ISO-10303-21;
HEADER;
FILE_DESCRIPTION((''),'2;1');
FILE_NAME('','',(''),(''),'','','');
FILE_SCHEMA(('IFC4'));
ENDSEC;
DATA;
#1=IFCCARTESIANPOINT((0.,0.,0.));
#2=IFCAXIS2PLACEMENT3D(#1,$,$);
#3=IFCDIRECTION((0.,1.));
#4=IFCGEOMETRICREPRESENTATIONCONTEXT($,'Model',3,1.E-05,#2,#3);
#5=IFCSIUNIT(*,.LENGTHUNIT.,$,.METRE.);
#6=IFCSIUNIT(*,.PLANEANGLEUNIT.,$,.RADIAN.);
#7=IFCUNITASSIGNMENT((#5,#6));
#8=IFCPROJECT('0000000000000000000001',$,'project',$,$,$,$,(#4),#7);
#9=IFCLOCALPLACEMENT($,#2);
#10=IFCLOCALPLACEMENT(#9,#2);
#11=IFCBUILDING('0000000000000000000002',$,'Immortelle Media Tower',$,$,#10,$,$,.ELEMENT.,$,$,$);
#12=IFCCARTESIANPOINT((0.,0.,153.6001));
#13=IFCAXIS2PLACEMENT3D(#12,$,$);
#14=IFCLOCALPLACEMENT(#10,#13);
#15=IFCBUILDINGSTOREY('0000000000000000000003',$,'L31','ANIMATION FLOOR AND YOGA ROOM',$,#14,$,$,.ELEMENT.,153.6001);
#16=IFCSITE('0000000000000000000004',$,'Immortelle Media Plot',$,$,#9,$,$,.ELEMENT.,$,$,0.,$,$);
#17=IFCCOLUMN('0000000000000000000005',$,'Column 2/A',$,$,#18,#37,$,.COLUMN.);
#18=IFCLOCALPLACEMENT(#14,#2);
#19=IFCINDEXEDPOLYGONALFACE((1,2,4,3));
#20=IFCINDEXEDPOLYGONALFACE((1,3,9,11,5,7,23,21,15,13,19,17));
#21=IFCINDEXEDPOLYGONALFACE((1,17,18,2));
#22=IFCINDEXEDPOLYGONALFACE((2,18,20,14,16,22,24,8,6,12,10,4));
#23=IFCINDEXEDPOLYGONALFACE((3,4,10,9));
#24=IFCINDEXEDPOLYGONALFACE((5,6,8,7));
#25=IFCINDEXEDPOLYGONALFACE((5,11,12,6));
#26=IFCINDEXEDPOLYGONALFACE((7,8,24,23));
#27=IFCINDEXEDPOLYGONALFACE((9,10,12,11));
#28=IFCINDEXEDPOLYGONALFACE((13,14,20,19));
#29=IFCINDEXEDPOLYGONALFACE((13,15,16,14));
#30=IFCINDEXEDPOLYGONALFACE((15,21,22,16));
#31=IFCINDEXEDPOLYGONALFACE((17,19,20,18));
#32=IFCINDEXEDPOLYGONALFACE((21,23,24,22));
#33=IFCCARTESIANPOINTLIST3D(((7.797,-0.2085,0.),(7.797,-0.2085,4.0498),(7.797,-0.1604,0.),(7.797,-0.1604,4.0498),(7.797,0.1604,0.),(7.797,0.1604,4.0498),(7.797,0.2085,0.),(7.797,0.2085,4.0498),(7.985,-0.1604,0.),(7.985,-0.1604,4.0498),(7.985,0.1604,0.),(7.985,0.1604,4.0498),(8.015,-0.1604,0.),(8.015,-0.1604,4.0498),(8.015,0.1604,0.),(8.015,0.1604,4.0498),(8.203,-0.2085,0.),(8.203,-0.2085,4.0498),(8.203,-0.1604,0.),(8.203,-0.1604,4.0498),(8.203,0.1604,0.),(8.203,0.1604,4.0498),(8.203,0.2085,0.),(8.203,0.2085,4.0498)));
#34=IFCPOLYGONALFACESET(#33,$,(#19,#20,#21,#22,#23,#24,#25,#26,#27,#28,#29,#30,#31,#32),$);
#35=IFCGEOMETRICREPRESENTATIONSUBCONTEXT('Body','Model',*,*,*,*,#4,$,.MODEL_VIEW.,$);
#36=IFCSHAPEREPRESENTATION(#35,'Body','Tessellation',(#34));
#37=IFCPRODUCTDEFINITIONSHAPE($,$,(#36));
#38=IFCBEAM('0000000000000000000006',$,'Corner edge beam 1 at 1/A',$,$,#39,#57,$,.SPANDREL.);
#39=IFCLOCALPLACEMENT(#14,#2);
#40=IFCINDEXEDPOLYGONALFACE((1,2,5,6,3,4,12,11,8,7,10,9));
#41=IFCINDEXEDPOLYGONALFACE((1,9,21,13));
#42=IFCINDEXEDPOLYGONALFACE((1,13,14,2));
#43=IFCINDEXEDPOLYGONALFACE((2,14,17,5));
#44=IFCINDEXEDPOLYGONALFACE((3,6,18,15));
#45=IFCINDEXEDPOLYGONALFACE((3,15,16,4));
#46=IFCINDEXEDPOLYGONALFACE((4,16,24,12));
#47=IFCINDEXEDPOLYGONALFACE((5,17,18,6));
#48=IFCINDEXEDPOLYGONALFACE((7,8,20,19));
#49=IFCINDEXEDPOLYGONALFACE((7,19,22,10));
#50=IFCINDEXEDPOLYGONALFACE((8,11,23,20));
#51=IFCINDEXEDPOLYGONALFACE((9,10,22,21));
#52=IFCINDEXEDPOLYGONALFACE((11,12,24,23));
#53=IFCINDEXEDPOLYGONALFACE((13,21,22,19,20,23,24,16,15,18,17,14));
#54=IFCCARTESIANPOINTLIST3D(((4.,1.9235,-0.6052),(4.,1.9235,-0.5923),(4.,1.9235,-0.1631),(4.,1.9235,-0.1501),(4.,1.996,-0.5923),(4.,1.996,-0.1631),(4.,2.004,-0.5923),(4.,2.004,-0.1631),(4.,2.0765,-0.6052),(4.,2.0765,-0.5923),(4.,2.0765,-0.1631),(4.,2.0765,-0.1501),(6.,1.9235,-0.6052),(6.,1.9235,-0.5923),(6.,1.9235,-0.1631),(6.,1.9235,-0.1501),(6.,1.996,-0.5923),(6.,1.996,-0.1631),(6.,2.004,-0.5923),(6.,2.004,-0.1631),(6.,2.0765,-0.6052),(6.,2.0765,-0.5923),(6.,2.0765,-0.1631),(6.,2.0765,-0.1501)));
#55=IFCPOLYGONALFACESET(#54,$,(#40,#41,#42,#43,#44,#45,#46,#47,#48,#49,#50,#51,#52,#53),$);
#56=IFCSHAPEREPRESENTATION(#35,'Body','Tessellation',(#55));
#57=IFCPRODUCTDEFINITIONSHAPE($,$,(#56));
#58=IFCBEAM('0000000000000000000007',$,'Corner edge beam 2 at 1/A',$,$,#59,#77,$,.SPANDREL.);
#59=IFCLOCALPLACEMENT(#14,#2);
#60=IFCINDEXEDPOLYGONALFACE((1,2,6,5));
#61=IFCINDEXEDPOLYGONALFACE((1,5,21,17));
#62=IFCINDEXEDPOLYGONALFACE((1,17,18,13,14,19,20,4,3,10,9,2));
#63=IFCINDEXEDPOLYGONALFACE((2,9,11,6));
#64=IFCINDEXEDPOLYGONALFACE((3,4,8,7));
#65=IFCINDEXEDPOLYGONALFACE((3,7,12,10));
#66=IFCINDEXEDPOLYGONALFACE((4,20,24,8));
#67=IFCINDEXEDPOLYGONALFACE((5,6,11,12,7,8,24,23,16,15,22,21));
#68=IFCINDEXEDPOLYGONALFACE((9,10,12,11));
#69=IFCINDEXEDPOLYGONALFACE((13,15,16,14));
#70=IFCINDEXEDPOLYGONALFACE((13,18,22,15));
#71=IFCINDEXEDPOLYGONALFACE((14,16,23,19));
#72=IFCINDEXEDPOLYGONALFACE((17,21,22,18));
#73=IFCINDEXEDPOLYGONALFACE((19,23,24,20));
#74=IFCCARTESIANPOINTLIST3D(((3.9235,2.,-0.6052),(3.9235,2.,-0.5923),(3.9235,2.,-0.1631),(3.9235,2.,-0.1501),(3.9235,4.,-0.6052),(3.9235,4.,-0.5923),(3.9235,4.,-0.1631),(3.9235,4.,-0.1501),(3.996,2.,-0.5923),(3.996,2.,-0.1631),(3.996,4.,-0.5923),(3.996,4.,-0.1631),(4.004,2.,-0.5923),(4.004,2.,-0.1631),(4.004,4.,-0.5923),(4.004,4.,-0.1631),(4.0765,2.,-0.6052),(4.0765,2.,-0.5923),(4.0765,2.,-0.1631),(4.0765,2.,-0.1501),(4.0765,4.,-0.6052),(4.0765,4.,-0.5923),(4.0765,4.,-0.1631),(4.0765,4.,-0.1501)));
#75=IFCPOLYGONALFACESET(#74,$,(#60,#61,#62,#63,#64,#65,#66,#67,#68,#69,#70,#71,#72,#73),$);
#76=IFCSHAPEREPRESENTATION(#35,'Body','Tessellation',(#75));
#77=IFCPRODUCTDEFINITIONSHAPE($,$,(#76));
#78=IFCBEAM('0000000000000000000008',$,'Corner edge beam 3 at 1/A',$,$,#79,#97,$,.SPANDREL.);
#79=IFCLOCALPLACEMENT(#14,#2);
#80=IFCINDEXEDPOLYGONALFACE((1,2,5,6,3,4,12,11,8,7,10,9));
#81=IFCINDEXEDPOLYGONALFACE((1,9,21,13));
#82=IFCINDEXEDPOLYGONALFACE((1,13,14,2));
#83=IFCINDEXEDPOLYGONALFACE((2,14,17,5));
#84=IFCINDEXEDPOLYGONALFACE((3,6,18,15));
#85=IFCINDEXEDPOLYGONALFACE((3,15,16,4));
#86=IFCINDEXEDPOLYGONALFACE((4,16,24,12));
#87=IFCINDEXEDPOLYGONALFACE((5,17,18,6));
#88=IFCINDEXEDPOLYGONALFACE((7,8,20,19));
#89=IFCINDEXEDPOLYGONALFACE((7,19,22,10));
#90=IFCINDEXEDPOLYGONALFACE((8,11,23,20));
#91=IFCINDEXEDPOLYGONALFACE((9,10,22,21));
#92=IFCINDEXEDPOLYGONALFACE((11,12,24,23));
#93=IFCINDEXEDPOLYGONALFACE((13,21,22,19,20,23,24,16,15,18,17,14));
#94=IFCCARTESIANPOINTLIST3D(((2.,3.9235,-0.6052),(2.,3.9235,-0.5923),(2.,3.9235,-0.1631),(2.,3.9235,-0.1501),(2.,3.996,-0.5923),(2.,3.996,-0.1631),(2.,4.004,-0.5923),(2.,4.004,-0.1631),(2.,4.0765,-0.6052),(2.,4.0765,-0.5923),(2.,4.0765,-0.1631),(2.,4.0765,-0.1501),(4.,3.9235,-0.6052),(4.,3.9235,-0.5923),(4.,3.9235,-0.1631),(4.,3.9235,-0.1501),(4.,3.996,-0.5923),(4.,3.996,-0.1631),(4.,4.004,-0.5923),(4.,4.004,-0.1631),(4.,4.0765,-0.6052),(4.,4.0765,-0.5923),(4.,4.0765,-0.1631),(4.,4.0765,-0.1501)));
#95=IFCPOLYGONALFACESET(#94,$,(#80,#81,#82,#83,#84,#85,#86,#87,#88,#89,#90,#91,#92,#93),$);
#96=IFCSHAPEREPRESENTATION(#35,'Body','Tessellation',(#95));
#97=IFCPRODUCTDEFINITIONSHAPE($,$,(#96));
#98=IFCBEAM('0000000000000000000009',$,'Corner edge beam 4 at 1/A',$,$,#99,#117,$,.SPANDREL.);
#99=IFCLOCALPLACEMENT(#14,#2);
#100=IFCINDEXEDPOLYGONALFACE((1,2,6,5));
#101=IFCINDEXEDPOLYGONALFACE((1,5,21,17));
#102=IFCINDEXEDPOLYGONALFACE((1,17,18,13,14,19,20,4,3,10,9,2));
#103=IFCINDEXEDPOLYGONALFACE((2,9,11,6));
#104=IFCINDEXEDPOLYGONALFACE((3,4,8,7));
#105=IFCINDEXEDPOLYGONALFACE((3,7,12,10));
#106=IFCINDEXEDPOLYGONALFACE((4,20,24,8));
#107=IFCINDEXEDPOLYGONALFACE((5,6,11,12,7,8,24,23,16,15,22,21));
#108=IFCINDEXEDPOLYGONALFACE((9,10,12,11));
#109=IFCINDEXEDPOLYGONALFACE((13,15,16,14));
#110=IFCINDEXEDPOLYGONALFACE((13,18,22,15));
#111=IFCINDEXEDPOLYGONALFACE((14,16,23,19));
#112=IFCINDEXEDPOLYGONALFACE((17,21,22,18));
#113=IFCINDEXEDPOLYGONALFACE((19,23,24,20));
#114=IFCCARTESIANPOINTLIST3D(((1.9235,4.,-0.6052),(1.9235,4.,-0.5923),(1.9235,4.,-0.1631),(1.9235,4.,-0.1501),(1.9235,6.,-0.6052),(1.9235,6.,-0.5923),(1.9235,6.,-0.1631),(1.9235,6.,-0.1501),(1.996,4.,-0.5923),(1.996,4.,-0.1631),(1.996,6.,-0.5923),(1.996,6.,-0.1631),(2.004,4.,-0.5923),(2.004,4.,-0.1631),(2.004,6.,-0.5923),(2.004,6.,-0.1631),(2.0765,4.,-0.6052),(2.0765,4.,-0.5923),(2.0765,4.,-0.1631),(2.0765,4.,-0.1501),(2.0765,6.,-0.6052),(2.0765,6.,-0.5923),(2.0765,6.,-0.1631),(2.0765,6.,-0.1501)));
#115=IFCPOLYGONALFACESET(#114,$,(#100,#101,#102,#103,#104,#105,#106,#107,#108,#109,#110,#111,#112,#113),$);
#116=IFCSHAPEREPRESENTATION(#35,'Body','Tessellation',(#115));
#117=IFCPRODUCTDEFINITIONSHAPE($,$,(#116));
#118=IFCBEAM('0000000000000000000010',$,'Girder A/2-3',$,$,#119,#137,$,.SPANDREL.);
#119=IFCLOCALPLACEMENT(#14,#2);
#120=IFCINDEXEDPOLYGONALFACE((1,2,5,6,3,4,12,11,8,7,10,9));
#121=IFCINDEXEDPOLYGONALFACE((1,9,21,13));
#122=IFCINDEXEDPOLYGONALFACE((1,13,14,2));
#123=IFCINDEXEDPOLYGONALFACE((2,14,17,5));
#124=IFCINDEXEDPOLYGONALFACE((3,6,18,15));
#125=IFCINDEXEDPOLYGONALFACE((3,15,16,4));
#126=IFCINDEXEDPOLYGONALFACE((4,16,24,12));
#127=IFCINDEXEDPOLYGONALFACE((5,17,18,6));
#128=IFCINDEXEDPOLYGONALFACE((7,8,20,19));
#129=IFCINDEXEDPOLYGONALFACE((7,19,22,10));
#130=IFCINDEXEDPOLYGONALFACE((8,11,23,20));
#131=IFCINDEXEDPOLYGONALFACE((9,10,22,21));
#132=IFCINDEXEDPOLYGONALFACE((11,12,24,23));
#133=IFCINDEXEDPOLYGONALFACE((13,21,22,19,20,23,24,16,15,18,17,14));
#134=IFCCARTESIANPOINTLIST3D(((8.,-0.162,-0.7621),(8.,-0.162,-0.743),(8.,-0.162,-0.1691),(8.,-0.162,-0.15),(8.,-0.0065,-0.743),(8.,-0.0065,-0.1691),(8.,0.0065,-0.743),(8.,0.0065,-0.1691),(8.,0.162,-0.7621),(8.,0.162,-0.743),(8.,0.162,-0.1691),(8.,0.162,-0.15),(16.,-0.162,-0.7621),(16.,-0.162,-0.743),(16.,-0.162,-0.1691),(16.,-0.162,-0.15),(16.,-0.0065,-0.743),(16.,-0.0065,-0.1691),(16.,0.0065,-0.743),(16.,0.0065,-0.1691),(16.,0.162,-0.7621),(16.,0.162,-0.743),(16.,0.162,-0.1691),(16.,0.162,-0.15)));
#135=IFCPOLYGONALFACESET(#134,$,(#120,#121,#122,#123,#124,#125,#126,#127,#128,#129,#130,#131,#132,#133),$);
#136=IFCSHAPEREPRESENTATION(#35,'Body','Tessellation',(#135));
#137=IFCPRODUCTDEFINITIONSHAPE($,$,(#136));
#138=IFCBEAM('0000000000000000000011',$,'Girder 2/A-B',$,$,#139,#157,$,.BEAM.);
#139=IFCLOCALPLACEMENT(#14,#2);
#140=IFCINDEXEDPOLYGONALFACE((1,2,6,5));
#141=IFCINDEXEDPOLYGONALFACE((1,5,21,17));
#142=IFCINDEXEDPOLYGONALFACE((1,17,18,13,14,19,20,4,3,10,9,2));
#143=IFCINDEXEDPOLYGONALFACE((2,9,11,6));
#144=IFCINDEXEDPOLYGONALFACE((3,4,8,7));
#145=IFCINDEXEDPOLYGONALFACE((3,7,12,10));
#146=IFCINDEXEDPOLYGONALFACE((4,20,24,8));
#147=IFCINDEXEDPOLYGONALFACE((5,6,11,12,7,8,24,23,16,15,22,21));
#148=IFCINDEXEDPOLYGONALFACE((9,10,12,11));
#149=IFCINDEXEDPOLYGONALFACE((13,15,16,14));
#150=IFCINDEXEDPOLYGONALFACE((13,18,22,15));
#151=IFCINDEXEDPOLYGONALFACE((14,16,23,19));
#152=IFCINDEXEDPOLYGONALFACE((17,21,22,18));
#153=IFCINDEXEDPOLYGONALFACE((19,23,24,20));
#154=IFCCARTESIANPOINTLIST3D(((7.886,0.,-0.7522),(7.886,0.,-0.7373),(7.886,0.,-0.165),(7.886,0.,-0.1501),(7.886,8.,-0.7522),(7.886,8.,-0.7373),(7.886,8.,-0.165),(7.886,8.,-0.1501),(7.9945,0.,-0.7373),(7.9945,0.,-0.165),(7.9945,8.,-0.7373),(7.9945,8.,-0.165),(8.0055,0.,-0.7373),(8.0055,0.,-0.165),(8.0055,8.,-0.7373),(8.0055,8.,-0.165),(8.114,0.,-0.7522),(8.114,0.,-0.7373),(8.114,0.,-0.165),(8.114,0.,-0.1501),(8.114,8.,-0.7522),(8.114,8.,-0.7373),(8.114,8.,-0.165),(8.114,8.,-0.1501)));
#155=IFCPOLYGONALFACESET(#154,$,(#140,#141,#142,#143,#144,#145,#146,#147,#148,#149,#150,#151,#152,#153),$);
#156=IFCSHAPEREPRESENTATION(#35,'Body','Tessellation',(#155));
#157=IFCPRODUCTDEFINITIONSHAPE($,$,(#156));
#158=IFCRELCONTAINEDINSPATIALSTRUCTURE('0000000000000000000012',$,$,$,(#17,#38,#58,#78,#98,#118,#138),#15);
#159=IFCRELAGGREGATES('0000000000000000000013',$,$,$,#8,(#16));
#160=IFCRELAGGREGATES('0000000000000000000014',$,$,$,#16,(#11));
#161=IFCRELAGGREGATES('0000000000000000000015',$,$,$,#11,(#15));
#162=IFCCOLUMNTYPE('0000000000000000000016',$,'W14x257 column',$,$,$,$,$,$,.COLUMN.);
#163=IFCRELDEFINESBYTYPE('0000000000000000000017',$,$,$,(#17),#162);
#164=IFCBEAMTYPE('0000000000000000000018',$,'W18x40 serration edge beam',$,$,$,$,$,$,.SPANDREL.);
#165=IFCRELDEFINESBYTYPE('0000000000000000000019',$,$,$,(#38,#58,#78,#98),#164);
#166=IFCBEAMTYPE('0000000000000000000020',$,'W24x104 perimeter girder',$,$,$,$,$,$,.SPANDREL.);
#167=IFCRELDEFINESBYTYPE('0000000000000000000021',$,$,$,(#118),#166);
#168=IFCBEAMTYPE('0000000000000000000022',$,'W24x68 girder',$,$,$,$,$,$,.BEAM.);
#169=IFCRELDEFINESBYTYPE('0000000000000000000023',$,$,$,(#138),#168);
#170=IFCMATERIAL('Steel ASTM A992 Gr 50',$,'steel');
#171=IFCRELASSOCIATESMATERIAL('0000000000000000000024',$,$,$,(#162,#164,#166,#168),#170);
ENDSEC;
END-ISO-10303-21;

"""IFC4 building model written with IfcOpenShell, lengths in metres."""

from ifc_helpers import new_model, si_unit, direction, frame, origin, origin_2d, place, context, subcontext, project, spatial, i_section, extrude, material, material_profile, profile_set, type_object, element, save


model = new_model("IFC4")

# Units and contexts
model_context = context("Model", 3, precision=1e-05, world=origin(), true_north=direction((0.0, 1.0)))
body_context = subcontext(model_context, "Body", "Model", "MODEL_VIEW")
ifc_project = project(units=[si_unit("LENGTHUNIT", "METRE"), si_unit("PLANEANGLEUNIT", "RADIAN")], contexts=[model_context])

# Site, building, storey
site_placement = place(None, origin())
site = spatial("IfcSite", under=ifc_project, at=site_placement, Name="Immortelle Media Plot", CompositionType="ELEMENT", RefElevation=0.0)
building_placement = place(site_placement, origin())
building = spatial("IfcBuilding", under=site, at=building_placement, Name="Immortelle Media Tower", CompositionType="ELEMENT")
storey_placement = place(building_placement, frame((0.0, 0.0, 153.6001)))
storey = spatial("IfcBuildingStorey", under=building, at=storey_placement, Name="L31", Description="ANIMATION FLOOR AND YOGA ROOM", CompositionType="ELEMENT", Elevation=153.6001)

# Column
ifc_material_1 = material(Name="Steel ASTM A992 Gr 50", Category="steel")
ifc_material_profile_1 = material_profile(ifc_material_1, i_section(OverallWidth=0.406, OverallDepth=0.417, WebThickness=0.03, FlangeThickness=0.0481, at=origin_2d()), Name="W14x257")
ifc_profile_set_1 = profile_set([ifc_material_profile_1], Name="Steel ASTM A992 Gr 50")
column_type = type_object("IfcColumnType", Name="W14x257 column", PredefinedType="COLUMN", material=ifc_profile_set_1)
column_placement = place(storey_placement, frame((8.0, 0.0, 0.0), z_axis=(0.0, 0.0, 1.0), x_axis=(1.0, 0.0, 0.0)))
element("IfcColumn", 1, at=column_placement, inside=storey, type_object=column_type, Name="Column 2/A", PredefinedType="COLUMN", context=body_context, shape_type="SweptSolid", body=[
    extrude(i_section(OverallWidth=0.406, OverallDepth=0.417, WebThickness=0.03, FlangeThickness=0.0481, at=origin_2d()), origin(), (0.0, 0.0, 1.0), 4.0498),
])

# Beams
ifc_material_profile_2 = material_profile(ifc_material_1, i_section(OverallWidth=0.1531, OverallDepth=0.4551, WebThickness=0.0081, FlangeThickness=0.0129, at=origin_2d()), Name="W18x40")
ifc_profile_set_2 = profile_set([ifc_material_profile_2], Name="Steel ASTM A992 Gr 50")
beam_type_1 = type_object("IfcBeamType", Name="W18x40 serration edge beam", PredefinedType="SPANDREL", material=ifc_profile_set_2)
for number, where, z_axis, x_axis, name in (
    (2, (6.0, 2.0, -0.3777), (-1.0, 0.0, 0.0), (0.0, -1.0, 0.0), "Corner edge beam 1 at 1/A"),
    (3, (4.0, 2.0, -0.3777), (0.0, 1.0, 0.0), (-1.0, 0.0, 0.0), "Corner edge beam 2 at 1/A"),
    (4, (4.0, 4.0, -0.3777), (-1.0, 0.0, 0.0), (0.0, -1.0, 0.0), "Corner edge beam 3 at 1/A"),
    (5, (2.0, 4.0, -0.3777), (0.0, 1.0, 0.0), (-1.0, 0.0, 0.0), "Corner edge beam 4 at 1/A"),
):
    element("IfcBeam", number, at=place(storey_placement, frame(where, z_axis=z_axis, x_axis=x_axis)), inside=storey, type_object=beam_type_1, Name=name, PredefinedType="SPANDREL", context=body_context, shape_type="SweptSolid", body=[
        extrude(i_section(OverallWidth=0.1531, OverallDepth=0.4551, WebThickness=0.0081, FlangeThickness=0.0129, at=origin_2d()), origin(), (0.0, 0.0, 1.0), 2.0),
    ])
ifc_material_profile_3 = material_profile(ifc_material_1, i_section(OverallWidth=0.324, OverallDepth=0.6121, WebThickness=0.0129, FlangeThickness=0.019, at=origin_2d()), Name="W24x104")
ifc_profile_set_3 = profile_set([ifc_material_profile_3], Name="Steel ASTM A992 Gr 50")
beam_type_2 = type_object("IfcBeamType", Name="W24x104 perimeter girder", PredefinedType="SPANDREL", material=ifc_profile_set_3)
beam_1_placement = place(storey_placement, frame((8.0, 0.0, -0.4561), z_axis=(1.0, 0.0, 0.0), x_axis=(0.0, 1.0, 0.0)))
element("IfcBeam", 6, at=beam_1_placement, inside=storey, type_object=beam_type_2, Name="Girder A/2-3", PredefinedType="SPANDREL", context=body_context, shape_type="SweptSolid", body=[
    extrude(i_section(OverallWidth=0.324, OverallDepth=0.6121, WebThickness=0.0129, FlangeThickness=0.019, at=origin_2d()), origin(), (0.0, 0.0, 1.0), 8.0),
])
ifc_material_profile_4 = material_profile(ifc_material_1, i_section(OverallWidth=0.228, OverallDepth=0.6021, WebThickness=0.011, FlangeThickness=0.0149, at=origin_2d()), Name="W24x68")
ifc_profile_set_4 = profile_set([ifc_material_profile_4], Name="Steel ASTM A992 Gr 50")
beam_type_3 = type_object("IfcBeamType", Name="W24x68 girder", PredefinedType="BEAM", material=ifc_profile_set_4)
beam_2_placement = place(storey_placement, frame((8.0, 0.0, -0.4512), z_axis=(0.0, 1.0, 0.0), x_axis=(-1.0, 0.0, 0.0)))
element("IfcBeam", 7, at=beam_2_placement, inside=storey, type_object=beam_type_3, Name="Girder 2/A-B", PredefinedType="BEAM", context=body_context, shape_type="SweptSolid", body=[
    extrude(i_section(OverallWidth=0.228, OverallDepth=0.6021, WebThickness=0.011, FlangeThickness=0.0149, at=origin_2d()), origin(), (0.0, 0.0, 1.0), 8.0),
])

save(model, "model.ifc")
